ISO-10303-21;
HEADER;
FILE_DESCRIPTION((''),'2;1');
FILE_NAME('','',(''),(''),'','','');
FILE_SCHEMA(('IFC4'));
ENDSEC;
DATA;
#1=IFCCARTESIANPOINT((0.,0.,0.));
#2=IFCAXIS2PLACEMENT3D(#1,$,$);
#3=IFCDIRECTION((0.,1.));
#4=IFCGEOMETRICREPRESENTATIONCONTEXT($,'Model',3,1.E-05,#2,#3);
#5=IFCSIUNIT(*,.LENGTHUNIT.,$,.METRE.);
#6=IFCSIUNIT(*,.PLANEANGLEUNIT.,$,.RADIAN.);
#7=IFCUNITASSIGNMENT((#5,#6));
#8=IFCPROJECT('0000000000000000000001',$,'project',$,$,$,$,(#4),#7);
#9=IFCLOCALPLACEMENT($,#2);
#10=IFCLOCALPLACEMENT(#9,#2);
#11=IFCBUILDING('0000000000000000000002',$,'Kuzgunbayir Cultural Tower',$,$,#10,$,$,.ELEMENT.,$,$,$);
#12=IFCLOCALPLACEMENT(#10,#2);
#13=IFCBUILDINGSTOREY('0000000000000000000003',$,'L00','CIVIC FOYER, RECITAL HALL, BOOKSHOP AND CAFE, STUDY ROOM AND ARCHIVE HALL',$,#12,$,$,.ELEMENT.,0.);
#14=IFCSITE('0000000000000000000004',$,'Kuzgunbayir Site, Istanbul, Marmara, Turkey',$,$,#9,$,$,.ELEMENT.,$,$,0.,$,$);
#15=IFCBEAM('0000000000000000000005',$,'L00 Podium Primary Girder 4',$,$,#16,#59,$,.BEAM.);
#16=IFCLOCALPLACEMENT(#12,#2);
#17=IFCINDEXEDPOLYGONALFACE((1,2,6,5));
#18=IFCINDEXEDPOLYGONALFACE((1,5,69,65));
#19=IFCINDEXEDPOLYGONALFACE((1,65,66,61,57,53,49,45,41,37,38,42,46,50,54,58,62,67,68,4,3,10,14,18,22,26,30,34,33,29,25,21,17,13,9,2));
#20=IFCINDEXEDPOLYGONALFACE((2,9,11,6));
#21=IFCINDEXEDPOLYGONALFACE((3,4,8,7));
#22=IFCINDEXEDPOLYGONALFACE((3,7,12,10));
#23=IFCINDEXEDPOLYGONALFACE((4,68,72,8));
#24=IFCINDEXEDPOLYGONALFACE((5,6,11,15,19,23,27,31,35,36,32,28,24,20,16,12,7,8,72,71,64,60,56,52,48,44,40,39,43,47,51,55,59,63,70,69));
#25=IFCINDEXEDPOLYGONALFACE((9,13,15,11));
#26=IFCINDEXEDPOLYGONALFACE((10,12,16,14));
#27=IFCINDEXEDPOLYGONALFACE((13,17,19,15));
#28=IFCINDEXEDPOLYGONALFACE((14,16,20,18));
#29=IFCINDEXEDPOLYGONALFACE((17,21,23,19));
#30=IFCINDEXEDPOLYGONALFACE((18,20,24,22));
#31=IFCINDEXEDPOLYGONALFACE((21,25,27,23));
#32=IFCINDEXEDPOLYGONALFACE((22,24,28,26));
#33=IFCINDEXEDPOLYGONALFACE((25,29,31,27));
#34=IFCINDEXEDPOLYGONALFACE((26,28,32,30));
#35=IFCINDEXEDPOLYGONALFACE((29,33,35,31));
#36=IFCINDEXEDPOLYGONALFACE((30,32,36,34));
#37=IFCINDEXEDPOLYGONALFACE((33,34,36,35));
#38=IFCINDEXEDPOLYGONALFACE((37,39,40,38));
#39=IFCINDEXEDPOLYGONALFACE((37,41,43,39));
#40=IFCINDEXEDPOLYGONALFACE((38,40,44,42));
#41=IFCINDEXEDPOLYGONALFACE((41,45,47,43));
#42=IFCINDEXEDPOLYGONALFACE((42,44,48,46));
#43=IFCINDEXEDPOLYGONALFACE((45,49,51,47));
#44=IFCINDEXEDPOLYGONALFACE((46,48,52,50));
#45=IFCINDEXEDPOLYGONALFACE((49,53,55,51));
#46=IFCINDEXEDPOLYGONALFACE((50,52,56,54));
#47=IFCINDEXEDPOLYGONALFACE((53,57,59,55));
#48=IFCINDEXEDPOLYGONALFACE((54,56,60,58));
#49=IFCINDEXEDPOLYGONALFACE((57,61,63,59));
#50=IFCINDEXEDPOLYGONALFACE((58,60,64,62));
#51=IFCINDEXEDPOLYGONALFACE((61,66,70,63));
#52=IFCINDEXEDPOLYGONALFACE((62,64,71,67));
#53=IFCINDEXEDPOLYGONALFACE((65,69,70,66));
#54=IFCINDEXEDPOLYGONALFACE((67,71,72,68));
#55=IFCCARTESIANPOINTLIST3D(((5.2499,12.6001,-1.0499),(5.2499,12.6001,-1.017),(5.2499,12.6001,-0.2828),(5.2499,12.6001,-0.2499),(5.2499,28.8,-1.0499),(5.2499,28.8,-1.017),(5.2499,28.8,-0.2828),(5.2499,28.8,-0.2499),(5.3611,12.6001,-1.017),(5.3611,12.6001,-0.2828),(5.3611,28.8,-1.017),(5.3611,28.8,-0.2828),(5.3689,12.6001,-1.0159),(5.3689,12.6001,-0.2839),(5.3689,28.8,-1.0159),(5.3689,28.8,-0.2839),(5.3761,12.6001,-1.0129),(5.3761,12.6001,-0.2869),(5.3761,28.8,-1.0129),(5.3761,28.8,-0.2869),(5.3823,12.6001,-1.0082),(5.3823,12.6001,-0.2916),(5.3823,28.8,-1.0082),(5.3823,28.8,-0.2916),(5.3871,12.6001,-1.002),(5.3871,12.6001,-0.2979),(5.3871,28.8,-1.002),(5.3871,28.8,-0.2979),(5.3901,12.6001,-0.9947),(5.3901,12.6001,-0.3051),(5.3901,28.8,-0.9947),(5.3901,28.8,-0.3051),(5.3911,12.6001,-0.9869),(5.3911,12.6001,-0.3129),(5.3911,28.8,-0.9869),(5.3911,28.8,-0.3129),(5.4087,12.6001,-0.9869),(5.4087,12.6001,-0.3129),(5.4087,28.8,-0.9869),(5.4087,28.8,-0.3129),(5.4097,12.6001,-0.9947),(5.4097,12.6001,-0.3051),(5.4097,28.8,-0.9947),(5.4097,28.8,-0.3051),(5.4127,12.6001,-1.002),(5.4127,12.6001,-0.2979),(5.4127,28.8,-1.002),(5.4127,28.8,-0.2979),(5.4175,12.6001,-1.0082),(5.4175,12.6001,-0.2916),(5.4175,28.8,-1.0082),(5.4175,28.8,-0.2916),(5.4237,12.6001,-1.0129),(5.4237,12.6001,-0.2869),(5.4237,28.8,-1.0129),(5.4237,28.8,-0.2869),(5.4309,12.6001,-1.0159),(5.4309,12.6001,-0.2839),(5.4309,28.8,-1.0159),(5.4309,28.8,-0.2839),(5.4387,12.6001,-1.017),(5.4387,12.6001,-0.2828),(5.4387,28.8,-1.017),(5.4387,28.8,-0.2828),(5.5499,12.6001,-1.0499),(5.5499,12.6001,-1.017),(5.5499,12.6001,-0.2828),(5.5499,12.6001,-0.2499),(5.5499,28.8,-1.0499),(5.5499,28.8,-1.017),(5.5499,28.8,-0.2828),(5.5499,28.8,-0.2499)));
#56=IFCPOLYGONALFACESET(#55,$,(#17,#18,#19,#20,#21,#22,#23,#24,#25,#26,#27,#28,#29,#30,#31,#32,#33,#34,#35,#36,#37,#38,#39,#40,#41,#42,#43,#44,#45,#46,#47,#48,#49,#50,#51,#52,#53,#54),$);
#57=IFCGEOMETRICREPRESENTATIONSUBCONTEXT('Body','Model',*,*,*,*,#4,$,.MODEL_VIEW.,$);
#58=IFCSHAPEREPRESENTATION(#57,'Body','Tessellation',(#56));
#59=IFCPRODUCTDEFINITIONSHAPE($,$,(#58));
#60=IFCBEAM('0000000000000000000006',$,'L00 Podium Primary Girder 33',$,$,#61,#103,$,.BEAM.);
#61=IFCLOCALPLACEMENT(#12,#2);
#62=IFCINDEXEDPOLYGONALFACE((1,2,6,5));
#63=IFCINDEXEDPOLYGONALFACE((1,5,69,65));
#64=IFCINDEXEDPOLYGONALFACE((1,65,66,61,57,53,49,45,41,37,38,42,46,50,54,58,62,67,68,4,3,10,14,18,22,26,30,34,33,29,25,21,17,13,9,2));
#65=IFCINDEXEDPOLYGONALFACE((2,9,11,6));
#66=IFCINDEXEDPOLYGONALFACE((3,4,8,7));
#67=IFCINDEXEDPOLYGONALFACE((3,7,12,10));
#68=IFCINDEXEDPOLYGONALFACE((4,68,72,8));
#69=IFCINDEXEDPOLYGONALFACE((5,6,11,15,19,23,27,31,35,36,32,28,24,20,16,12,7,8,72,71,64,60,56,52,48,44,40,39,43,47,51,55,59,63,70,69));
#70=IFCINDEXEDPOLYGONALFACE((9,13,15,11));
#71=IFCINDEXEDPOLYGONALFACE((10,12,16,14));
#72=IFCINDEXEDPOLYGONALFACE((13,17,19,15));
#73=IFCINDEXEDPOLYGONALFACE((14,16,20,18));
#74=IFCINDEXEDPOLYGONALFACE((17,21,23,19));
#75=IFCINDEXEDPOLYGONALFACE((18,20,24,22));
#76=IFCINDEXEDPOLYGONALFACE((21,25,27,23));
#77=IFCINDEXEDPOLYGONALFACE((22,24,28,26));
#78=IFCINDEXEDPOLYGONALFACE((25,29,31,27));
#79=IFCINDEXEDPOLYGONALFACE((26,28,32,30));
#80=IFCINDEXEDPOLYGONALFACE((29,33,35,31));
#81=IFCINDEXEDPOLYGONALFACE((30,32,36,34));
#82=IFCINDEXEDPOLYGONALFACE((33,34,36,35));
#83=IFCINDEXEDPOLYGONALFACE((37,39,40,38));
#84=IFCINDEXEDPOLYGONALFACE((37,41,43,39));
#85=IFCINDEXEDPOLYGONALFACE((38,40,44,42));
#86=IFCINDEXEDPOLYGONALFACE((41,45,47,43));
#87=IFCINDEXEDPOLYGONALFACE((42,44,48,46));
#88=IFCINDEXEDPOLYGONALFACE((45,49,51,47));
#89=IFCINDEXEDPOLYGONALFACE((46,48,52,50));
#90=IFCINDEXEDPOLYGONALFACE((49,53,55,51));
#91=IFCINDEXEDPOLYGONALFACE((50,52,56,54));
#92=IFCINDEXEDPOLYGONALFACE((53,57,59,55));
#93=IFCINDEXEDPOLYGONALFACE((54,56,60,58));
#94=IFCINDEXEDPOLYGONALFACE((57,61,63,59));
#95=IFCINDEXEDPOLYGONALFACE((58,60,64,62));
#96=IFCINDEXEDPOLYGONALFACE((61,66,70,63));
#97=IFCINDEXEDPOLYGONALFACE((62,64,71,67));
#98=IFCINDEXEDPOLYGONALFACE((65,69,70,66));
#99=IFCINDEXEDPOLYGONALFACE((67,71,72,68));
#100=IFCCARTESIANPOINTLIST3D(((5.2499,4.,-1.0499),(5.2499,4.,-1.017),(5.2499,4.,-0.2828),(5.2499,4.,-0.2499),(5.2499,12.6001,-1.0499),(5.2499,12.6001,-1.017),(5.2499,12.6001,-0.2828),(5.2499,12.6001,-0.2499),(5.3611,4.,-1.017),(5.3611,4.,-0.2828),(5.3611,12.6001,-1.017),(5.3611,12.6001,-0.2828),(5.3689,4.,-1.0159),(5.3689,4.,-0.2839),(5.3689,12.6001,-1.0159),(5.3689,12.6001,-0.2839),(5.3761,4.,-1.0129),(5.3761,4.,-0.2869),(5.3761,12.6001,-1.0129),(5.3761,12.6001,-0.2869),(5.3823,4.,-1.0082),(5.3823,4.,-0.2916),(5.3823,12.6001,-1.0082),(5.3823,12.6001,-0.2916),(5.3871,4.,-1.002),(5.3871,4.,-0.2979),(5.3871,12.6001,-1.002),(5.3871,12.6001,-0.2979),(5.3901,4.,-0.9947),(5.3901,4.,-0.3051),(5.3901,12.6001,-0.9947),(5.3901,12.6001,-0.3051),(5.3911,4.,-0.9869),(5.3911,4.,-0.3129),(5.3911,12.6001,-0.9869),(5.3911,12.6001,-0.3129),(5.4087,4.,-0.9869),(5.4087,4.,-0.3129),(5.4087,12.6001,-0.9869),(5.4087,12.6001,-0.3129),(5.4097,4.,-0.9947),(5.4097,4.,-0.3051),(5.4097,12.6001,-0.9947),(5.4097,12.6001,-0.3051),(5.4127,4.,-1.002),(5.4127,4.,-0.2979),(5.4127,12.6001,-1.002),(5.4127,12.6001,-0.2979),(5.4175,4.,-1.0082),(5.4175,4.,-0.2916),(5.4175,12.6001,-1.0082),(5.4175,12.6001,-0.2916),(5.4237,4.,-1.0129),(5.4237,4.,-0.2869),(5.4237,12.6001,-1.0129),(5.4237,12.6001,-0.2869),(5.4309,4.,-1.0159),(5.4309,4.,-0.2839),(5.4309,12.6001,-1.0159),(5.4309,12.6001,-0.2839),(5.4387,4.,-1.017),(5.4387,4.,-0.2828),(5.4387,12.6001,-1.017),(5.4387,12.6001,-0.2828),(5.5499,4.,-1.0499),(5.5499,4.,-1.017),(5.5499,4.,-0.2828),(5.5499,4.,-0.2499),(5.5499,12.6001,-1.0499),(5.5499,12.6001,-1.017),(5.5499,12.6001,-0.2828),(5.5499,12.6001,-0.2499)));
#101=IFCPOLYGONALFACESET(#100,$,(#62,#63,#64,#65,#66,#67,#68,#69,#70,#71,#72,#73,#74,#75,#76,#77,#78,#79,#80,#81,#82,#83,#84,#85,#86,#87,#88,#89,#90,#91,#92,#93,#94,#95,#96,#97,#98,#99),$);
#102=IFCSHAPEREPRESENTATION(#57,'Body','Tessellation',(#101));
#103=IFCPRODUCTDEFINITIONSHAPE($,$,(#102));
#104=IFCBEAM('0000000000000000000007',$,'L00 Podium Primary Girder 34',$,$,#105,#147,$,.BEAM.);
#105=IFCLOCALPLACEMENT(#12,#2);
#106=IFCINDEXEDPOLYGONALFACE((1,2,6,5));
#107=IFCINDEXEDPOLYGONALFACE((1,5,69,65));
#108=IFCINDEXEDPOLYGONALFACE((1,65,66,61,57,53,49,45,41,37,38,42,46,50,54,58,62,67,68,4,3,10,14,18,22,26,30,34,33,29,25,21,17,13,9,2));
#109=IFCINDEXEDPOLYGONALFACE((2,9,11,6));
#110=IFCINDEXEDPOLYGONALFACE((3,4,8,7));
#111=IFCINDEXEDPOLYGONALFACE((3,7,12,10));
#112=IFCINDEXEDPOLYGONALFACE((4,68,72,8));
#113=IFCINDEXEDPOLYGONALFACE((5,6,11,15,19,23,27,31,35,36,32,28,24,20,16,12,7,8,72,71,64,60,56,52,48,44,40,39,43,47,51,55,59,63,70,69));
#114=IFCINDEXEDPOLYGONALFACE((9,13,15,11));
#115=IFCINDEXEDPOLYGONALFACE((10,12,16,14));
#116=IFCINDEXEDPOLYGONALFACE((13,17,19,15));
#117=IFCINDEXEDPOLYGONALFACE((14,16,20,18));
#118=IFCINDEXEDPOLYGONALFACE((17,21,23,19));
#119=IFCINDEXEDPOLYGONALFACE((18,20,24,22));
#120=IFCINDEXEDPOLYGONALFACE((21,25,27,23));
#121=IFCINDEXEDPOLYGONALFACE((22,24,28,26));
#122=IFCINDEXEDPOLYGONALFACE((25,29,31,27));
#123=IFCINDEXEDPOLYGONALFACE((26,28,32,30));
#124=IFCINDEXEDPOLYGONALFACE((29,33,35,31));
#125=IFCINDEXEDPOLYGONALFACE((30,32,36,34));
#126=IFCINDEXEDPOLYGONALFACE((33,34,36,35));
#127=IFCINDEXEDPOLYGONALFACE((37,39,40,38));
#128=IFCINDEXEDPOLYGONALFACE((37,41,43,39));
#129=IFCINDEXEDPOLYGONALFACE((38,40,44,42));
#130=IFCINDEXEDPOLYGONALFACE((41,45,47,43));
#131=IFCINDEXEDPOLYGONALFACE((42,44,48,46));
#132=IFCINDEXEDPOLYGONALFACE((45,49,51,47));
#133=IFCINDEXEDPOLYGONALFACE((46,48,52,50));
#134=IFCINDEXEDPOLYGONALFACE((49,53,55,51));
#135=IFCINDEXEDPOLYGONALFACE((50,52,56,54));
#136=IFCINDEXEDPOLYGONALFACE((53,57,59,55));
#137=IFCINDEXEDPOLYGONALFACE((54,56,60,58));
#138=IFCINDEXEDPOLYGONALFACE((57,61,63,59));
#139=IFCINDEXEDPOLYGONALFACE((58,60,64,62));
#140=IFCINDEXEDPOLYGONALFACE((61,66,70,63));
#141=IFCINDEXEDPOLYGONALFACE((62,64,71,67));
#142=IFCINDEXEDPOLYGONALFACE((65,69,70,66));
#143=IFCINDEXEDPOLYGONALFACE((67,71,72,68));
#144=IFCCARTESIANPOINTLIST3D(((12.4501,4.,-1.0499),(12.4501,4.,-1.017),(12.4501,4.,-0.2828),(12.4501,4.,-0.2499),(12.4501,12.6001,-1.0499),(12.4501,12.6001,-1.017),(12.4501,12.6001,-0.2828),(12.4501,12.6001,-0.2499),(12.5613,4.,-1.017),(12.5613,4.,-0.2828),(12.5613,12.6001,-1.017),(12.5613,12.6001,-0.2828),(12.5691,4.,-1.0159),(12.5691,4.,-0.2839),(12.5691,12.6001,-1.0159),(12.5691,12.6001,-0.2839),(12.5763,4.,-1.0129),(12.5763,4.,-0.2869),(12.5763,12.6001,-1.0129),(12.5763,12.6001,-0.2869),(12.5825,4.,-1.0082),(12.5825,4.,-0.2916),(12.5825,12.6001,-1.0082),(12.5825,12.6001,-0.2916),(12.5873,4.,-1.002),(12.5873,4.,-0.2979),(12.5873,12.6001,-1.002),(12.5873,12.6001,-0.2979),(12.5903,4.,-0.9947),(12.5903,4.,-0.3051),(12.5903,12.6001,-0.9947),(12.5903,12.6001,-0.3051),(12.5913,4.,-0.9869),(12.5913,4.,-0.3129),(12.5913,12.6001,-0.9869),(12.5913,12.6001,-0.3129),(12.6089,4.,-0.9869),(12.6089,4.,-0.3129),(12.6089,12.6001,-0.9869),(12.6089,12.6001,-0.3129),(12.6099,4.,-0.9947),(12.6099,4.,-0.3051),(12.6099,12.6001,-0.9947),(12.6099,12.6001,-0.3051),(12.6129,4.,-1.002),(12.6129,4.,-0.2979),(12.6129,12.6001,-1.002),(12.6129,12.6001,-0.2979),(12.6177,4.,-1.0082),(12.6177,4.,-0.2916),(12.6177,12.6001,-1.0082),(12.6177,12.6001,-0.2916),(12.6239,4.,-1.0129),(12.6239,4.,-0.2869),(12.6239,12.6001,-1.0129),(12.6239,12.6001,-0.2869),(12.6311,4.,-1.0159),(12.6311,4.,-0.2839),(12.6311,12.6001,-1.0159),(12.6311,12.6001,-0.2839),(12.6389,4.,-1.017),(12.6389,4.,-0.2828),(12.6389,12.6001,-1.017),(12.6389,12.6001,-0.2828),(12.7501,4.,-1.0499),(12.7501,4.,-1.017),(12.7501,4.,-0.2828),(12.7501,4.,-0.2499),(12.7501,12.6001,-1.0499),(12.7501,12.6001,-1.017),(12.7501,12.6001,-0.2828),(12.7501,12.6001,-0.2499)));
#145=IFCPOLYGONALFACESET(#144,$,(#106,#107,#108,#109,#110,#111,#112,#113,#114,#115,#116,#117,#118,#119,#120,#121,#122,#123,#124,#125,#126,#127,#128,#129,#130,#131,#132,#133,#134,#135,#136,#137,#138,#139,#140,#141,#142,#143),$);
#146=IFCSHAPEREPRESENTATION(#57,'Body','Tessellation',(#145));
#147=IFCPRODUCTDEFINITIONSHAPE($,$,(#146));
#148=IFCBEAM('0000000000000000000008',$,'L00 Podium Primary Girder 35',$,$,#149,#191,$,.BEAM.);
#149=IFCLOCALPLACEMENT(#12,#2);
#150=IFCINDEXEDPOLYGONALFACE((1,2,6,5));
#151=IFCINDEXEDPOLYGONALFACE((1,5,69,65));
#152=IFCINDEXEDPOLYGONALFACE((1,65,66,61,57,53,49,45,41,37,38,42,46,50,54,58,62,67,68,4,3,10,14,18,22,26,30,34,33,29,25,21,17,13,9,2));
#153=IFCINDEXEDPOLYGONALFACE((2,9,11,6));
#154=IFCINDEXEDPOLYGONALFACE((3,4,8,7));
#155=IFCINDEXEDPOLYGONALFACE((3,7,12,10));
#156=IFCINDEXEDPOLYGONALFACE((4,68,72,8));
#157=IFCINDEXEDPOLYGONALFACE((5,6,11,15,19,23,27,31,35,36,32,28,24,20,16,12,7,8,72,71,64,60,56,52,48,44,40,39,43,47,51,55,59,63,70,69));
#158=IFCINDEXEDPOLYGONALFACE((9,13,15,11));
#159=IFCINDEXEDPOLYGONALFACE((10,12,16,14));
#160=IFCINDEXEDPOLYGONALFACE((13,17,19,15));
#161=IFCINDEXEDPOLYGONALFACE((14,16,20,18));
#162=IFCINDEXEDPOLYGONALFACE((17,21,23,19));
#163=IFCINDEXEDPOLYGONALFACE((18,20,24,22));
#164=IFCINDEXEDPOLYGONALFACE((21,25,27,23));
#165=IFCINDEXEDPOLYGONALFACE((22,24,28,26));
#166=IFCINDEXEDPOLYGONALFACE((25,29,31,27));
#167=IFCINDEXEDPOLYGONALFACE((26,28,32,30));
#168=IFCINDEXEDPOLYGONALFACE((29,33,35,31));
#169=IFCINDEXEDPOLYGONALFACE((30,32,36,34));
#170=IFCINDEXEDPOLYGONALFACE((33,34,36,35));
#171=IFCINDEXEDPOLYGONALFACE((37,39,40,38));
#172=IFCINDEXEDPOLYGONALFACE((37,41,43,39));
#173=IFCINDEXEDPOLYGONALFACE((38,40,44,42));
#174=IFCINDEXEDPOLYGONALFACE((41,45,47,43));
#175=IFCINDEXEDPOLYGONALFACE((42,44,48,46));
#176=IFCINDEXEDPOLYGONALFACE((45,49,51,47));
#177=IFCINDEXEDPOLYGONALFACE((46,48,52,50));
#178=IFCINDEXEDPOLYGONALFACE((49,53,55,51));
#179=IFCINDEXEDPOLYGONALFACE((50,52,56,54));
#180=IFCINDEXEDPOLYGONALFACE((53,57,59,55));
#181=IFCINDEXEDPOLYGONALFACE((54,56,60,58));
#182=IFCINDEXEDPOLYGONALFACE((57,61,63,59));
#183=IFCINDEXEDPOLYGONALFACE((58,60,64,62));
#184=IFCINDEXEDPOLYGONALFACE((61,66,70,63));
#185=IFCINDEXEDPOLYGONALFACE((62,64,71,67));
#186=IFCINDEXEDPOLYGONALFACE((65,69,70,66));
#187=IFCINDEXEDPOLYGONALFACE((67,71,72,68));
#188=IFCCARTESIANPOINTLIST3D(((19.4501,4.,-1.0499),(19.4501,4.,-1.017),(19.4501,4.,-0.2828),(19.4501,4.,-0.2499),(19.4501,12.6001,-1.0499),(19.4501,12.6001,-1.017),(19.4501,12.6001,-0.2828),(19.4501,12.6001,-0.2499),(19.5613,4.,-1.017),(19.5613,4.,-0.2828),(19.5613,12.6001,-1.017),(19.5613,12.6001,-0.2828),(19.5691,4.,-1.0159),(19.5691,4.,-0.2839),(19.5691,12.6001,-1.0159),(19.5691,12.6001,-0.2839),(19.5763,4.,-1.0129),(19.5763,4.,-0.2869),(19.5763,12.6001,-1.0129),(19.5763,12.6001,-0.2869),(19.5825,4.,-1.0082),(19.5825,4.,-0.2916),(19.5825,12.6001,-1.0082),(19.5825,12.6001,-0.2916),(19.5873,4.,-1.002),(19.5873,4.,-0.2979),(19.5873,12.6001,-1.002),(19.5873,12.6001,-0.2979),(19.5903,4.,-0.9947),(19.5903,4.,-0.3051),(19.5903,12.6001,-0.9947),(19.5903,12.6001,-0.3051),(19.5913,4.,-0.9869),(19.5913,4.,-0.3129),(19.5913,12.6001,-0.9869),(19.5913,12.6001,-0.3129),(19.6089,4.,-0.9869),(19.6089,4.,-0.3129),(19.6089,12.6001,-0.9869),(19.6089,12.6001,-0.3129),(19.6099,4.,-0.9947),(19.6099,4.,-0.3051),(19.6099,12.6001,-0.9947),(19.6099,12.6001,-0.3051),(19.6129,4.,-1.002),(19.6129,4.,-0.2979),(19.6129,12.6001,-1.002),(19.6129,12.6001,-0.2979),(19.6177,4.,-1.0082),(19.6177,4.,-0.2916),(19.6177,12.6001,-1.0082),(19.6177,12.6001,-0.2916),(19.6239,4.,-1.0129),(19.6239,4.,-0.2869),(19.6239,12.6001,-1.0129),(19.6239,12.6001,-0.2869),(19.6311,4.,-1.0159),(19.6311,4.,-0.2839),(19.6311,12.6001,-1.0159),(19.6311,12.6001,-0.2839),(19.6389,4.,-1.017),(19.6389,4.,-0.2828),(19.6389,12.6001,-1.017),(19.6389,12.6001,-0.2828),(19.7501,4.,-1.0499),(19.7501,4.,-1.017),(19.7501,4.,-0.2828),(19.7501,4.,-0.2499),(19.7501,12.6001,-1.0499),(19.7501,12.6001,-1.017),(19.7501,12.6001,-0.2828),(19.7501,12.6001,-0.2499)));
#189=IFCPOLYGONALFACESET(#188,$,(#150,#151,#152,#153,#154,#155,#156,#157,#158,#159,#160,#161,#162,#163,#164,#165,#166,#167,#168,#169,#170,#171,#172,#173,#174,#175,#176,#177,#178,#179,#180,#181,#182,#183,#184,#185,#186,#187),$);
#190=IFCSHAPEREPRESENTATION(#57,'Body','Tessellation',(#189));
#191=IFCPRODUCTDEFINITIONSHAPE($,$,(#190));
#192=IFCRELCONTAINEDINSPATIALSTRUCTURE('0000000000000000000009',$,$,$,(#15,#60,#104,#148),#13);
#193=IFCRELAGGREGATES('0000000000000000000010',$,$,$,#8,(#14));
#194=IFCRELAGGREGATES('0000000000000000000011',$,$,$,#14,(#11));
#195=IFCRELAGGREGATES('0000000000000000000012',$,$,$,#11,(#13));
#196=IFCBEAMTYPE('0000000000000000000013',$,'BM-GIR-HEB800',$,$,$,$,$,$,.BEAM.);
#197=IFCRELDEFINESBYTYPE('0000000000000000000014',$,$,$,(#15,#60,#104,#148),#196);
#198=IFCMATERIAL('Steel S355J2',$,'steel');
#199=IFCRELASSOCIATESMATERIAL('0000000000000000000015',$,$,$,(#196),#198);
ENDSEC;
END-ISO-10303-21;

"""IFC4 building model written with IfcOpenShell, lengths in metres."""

from ifc_helpers import new_model, si_unit, direction, frame, origin, origin_2d, place, context, subcontext, project, spatial, i_section, extrude, material, material_profile, profile_set, type_object, element, save


model = new_model("IFC4")

# Units and contexts
model_context = context("Model", 3, precision=1e-05, world=origin(), true_north=direction((0.0, 1.0)))
body_context = subcontext(model_context, "Body", "Model", "MODEL_VIEW")
ifc_project = project(units=[si_unit("LENGTHUNIT", "METRE"), si_unit("PLANEANGLEUNIT", "RADIAN")], contexts=[model_context])

# Site, building, storey
site_placement = place(None, origin())
site = spatial("IfcSite", under=ifc_project, at=site_placement, Name="Kuzgunbayir Site, Istanbul, Marmara, Turkey", CompositionType="ELEMENT", RefElevation=0.0)
building_placement = place(site_placement, origin())
building = spatial("IfcBuilding", under=site, at=building_placement, Name="Kuzgunbayir Cultural Tower", CompositionType="ELEMENT")
storey_placement = place(building_placement, origin())
storey = spatial("IfcBuildingStorey", under=building, at=storey_placement, Name="L00", Description="CIVIC FOYER, RECITAL HALL, BOOKSHOP AND CAFE, STUDY ROOM AND ARCHIVE HALL", CompositionType="ELEMENT", Elevation=0.0)

# Beams
ifc_material_1 = material(Name="Steel S355J2", Category="steel")
ifc_material_profile_1 = material_profile(ifc_material_1, i_section(OverallWidth=0.3, OverallDepth=0.8, WebThickness=0.0176, FlangeThickness=0.033, FilletRadius=0.03, at=origin_2d()), Name="HEB 800")
ifc_profile_set_1 = profile_set([ifc_material_profile_1], Name="Steel S355J2")
beam_type = type_object("IfcBeamType", Name="BM-GIR-HEB800", PredefinedType="BEAM", material=ifc_profile_set_1)
beam_1_placement = place(storey_placement, frame((5.3999, 12.6001, -0.6499), z_axis=(0.0, 1.0, 0.0), x_axis=(-1.0, 0.0, 0.0)))
element("IfcBeam", 1, at=beam_1_placement, inside=storey, type_object=beam_type, Name="L00 Podium Primary Girder 4", PredefinedType="BEAM", context=body_context, shape_type="SweptSolid", body=[
    extrude(i_section(OverallWidth=0.3, OverallDepth=0.8, WebThickness=0.0176, FlangeThickness=0.033, FilletRadius=0.03, at=origin_2d()), origin(), (0.0, 0.0, 1.0), 16.2),
])
for number, where, z_axis, x_axis, name in (
    (2, (5.3999, 4.0, -0.6499), (0.0, 1.0, 0.0), (-1.0, 0.0, 0.0), "L00 Podium Primary Girder 33"),
    (3, (12.6001, 4.0, -0.6499), (0.0, 1.0, 0.0), (-1.0, 0.0, 0.0), "L00 Podium Primary Girder 34"),
    (4, (19.6001, 4.0, -0.6499), (0.0, 1.0, 0.0), (-1.0, 0.0, 0.0), "L00 Podium Primary Girder 35"),
):
    element("IfcBeam", number, at=place(storey_placement, frame(where, z_axis=z_axis, x_axis=x_axis)), inside=storey, type_object=beam_type, Name=name, PredefinedType="BEAM", context=body_context, shape_type="SweptSolid", body=[
        extrude(i_section(OverallWidth=0.3, OverallDepth=0.8, WebThickness=0.0176, FlangeThickness=0.033, FilletRadius=0.03, at=origin_2d()), origin(), (0.0, 0.0, 1.0), 8.6001),
    ])

save(model, "model.ifc")
